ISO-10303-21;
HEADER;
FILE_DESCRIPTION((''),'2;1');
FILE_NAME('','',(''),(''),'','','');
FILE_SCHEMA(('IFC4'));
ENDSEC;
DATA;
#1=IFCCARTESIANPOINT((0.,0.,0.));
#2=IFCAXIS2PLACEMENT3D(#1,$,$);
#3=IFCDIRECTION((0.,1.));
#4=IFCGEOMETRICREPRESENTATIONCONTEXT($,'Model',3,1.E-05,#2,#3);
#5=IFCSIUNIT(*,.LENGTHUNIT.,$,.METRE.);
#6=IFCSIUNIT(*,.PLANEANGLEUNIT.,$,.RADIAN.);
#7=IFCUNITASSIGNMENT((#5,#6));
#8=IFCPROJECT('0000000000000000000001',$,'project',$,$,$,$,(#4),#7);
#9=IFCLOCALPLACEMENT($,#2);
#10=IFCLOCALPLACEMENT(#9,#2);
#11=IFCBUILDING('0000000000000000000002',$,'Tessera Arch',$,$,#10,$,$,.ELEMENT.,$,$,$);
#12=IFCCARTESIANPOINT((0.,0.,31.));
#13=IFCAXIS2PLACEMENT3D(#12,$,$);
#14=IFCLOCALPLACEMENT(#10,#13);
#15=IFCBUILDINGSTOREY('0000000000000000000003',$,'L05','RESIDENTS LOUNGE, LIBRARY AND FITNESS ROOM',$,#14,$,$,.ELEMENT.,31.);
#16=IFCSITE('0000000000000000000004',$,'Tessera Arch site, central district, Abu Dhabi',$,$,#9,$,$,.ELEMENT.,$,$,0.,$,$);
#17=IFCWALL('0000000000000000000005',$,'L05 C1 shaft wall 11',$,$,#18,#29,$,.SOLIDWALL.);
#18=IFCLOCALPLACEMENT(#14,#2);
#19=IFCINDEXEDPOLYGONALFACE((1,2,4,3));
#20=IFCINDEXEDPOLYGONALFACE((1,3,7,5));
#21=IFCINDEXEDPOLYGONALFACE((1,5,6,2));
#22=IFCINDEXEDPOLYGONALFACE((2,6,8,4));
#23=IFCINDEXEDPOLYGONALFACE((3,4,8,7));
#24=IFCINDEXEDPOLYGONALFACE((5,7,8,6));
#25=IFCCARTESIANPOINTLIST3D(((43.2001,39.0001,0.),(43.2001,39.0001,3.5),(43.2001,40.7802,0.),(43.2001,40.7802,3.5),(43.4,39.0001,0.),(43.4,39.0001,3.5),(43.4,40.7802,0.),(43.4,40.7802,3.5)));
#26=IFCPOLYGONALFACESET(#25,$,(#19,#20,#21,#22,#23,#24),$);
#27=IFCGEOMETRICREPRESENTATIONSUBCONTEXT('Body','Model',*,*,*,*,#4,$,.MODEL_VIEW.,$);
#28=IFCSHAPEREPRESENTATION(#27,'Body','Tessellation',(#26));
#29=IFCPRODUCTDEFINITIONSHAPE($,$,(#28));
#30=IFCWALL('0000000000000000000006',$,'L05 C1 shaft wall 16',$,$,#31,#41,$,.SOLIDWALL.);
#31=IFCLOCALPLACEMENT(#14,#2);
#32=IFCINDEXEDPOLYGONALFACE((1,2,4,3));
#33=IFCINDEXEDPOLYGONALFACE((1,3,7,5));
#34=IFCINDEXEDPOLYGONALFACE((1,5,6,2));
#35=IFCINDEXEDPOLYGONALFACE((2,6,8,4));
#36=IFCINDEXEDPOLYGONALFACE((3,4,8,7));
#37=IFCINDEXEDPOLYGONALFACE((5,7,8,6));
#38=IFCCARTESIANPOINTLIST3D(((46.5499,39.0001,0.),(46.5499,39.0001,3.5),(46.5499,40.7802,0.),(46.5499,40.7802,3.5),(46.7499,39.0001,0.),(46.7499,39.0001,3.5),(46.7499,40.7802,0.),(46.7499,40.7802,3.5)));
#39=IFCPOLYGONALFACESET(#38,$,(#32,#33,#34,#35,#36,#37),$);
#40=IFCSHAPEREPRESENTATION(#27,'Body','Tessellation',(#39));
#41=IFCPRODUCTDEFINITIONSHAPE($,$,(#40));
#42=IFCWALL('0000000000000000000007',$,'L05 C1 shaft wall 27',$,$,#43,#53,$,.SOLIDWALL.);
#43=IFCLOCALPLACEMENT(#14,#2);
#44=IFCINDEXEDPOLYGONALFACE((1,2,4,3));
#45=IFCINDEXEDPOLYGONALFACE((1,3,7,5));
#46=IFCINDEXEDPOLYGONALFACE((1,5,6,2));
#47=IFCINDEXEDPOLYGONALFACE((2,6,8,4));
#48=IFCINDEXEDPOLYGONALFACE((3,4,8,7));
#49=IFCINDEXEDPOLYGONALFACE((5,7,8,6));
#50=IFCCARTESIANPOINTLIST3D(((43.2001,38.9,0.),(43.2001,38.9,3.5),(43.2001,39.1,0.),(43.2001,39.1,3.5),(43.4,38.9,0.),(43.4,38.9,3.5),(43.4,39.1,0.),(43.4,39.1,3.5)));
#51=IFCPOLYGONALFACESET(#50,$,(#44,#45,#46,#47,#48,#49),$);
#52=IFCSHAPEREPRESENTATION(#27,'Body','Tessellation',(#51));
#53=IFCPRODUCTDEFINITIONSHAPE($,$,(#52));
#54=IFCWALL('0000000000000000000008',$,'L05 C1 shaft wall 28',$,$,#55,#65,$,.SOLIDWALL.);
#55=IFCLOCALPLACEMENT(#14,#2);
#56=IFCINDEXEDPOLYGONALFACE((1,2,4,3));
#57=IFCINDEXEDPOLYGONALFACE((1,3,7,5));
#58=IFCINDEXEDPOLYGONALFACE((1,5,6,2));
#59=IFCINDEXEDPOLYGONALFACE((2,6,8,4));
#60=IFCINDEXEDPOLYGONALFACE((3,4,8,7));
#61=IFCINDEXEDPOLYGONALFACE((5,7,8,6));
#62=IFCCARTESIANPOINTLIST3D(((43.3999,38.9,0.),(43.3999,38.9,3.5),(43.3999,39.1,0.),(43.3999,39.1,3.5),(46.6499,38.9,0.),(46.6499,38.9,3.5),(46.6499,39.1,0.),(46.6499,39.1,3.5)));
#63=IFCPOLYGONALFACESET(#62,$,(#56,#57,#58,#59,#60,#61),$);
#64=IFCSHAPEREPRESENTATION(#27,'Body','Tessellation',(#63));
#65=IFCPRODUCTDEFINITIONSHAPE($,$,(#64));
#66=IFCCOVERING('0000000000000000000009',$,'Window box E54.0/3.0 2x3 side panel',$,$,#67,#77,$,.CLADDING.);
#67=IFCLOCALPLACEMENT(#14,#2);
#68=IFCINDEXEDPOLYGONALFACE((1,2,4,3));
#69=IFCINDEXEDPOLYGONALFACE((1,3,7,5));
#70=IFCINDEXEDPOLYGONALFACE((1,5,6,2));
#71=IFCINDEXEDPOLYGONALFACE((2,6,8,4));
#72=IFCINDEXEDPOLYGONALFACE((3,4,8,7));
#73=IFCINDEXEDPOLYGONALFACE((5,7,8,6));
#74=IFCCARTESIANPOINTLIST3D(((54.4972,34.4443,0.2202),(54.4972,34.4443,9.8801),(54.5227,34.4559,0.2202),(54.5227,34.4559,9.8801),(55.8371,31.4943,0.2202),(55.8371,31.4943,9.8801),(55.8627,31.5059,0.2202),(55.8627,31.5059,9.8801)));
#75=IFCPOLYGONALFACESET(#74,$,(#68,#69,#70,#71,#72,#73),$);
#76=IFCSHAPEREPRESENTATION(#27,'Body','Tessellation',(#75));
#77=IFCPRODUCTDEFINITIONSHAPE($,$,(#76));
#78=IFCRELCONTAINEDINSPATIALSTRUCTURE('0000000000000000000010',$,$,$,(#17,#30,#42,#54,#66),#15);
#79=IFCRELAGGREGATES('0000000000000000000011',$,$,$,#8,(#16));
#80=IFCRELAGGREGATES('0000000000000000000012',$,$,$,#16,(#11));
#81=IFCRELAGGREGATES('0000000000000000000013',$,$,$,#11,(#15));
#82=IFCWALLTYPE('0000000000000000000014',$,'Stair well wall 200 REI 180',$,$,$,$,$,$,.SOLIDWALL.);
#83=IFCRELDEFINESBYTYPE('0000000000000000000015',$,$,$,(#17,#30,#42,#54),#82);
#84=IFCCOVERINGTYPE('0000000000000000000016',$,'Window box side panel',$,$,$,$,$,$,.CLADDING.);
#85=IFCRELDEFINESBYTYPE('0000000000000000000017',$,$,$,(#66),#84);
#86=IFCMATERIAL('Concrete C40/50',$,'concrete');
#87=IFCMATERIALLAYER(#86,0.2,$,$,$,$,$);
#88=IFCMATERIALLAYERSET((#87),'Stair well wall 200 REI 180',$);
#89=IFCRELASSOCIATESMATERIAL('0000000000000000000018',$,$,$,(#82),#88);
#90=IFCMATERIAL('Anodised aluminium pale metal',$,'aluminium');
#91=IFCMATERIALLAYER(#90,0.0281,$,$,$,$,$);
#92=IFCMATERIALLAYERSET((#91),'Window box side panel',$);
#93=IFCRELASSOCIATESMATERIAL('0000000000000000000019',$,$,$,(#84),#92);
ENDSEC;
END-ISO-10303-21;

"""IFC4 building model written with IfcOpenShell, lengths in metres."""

from ifc_helpers import new_model, si_unit, direction, frame, frame_2d, origin, origin_2d, place, context, subcontext, project, spatial, rectangle, extrude, material, layer, layer_set, type_object, element, save


model = new_model("IFC4")

# Units and contexts
model_context = context("Model", 3, precision=1e-05, world=origin(), true_north=direction((0.0, 1.0)))
body_context = subcontext(model_context, "Body", "Model", "MODEL_VIEW")
ifc_project = project(units=[si_unit("LENGTHUNIT", "METRE"), si_unit("PLANEANGLEUNIT", "RADIAN")], contexts=[model_context])

# Site, building, storey
site_placement = place(None, origin())
site = spatial("IfcSite", under=ifc_project, at=site_placement, Name="Tessera Arch site, central district, Abu Dhabi", CompositionType="ELEMENT", RefElevation=0.0)
building_placement = place(site_placement, origin())
building = spatial("IfcBuilding", under=site, at=building_placement, Name="Tessera Arch", CompositionType="ELEMENT")
storey_placement = place(building_placement, frame((0.0, 0.0, 31.0)))
storey = spatial("IfcBuildingStorey", under=building, at=storey_placement, Name="L05", Description="RESIDENTS LOUNGE, LIBRARY AND FITNESS ROOM", CompositionType="ELEMENT", Elevation=31.0)

# Walls
ifc_material_1 = material(Name="Concrete C40/50", Category="concrete")
ifc_layer_1 = layer(ifc_material_1, 0.2)
ifc_layer_set_1 = layer_set([ifc_layer_1], Name="Stair well wall 200 REI 180")
wall_type_1 = type_object("IfcWallType", Name="Stair well wall 200 REI 180", PredefinedType="SOLIDWALL", material=ifc_layer_set_1)
for number, where, z_axis, x_axis, name in (
    (1, (43.3, 39.0, 0.0), (0.0, 0.0, 1.0), (0.0, 1.0, 0.0), "L05 C1 shaft wall 11"),
    (2, (46.6499, 39.0, 0.0), (0.0, 0.0, 1.0), (0.0, 1.0, 0.0), "L05 C1 shaft wall 16"),
):
    element("IfcWall", number, at=place(storey_placement, frame(where, z_axis=z_axis, x_axis=x_axis)), inside=storey, type_object=wall_type_1, Name=name, PredefinedType="SOLIDWALL", context=body_context, shape_type="SweptSolid", body=[
        extrude(rectangle(XDim=1.78, YDim=0.2, at=frame_2d((0.8901, 0.0))), origin(), (0.0, 0.0, 1.0), 3.5),
    ])
wall_1_placement = place(storey_placement, frame((43.2, 39.0, 0.0), z_axis=(0.0, 0.0, 1.0), x_axis=(1.0, 0.0, 0.0)))
element("IfcWall", 3, at=wall_1_placement, inside=storey, type_object=wall_type_1, Name="L05 C1 shaft wall 27", PredefinedType="SOLIDWALL", context=body_context, shape_type="SweptSolid", body=[
    extrude(rectangle(XDim=0.2, YDim=0.2, at=frame_2d((0.1001, 0.0))), origin(), (0.0, 0.0, 1.0), 3.5),
])
wall_2_placement = place(storey_placement, frame((43.3999, 39.0, 0.0), z_axis=(0.0, 0.0, 1.0), x_axis=(1.0, 0.0, 0.0)))
element("IfcWall", 4, at=wall_2_placement, inside=storey, type_object=wall_type_1, Name="L05 C1 shaft wall 28", PredefinedType="SOLIDWALL", context=body_context, shape_type="SweptSolid", body=[
    extrude(rectangle(XDim=3.25, YDim=0.2, at=frame_2d((1.625, 0.0))), origin(), (0.0, 0.0, 1.0), 3.5),
])

# Covering
ifc_material_2 = material(Name="Anodised aluminium pale metal", Category="aluminium")
ifc_layer_2 = layer(ifc_material_2, 0.0281)
ifc_layer_set_2 = layer_set([ifc_layer_2], Name="Window box side panel")
covering_type = type_object("IfcCoveringType", Name="Window box side panel", PredefinedType="CLADDING", material=ifc_layer_set_2)
covering_placement = place(storey_placement, frame((55.1799, 32.9751, 0.2202), z_axis=(0.0, 0.0, 1.0), x_axis=(0.41357, -0.910472, 0.0)))
element("IfcCovering", 5, at=covering_placement, inside=storey, type_object=covering_type, Name="Window box E54.0/3.0 2x3 side panel", PredefinedType="CLADDING", context=body_context, shape_type="SweptSolid", body=[
    extrude(rectangle(XDim=3.24, YDim=0.0281, at=origin_2d()), origin(), (0.0, 0.0, 1.0), 9.6599),
])

save(model, "model.ifc")
